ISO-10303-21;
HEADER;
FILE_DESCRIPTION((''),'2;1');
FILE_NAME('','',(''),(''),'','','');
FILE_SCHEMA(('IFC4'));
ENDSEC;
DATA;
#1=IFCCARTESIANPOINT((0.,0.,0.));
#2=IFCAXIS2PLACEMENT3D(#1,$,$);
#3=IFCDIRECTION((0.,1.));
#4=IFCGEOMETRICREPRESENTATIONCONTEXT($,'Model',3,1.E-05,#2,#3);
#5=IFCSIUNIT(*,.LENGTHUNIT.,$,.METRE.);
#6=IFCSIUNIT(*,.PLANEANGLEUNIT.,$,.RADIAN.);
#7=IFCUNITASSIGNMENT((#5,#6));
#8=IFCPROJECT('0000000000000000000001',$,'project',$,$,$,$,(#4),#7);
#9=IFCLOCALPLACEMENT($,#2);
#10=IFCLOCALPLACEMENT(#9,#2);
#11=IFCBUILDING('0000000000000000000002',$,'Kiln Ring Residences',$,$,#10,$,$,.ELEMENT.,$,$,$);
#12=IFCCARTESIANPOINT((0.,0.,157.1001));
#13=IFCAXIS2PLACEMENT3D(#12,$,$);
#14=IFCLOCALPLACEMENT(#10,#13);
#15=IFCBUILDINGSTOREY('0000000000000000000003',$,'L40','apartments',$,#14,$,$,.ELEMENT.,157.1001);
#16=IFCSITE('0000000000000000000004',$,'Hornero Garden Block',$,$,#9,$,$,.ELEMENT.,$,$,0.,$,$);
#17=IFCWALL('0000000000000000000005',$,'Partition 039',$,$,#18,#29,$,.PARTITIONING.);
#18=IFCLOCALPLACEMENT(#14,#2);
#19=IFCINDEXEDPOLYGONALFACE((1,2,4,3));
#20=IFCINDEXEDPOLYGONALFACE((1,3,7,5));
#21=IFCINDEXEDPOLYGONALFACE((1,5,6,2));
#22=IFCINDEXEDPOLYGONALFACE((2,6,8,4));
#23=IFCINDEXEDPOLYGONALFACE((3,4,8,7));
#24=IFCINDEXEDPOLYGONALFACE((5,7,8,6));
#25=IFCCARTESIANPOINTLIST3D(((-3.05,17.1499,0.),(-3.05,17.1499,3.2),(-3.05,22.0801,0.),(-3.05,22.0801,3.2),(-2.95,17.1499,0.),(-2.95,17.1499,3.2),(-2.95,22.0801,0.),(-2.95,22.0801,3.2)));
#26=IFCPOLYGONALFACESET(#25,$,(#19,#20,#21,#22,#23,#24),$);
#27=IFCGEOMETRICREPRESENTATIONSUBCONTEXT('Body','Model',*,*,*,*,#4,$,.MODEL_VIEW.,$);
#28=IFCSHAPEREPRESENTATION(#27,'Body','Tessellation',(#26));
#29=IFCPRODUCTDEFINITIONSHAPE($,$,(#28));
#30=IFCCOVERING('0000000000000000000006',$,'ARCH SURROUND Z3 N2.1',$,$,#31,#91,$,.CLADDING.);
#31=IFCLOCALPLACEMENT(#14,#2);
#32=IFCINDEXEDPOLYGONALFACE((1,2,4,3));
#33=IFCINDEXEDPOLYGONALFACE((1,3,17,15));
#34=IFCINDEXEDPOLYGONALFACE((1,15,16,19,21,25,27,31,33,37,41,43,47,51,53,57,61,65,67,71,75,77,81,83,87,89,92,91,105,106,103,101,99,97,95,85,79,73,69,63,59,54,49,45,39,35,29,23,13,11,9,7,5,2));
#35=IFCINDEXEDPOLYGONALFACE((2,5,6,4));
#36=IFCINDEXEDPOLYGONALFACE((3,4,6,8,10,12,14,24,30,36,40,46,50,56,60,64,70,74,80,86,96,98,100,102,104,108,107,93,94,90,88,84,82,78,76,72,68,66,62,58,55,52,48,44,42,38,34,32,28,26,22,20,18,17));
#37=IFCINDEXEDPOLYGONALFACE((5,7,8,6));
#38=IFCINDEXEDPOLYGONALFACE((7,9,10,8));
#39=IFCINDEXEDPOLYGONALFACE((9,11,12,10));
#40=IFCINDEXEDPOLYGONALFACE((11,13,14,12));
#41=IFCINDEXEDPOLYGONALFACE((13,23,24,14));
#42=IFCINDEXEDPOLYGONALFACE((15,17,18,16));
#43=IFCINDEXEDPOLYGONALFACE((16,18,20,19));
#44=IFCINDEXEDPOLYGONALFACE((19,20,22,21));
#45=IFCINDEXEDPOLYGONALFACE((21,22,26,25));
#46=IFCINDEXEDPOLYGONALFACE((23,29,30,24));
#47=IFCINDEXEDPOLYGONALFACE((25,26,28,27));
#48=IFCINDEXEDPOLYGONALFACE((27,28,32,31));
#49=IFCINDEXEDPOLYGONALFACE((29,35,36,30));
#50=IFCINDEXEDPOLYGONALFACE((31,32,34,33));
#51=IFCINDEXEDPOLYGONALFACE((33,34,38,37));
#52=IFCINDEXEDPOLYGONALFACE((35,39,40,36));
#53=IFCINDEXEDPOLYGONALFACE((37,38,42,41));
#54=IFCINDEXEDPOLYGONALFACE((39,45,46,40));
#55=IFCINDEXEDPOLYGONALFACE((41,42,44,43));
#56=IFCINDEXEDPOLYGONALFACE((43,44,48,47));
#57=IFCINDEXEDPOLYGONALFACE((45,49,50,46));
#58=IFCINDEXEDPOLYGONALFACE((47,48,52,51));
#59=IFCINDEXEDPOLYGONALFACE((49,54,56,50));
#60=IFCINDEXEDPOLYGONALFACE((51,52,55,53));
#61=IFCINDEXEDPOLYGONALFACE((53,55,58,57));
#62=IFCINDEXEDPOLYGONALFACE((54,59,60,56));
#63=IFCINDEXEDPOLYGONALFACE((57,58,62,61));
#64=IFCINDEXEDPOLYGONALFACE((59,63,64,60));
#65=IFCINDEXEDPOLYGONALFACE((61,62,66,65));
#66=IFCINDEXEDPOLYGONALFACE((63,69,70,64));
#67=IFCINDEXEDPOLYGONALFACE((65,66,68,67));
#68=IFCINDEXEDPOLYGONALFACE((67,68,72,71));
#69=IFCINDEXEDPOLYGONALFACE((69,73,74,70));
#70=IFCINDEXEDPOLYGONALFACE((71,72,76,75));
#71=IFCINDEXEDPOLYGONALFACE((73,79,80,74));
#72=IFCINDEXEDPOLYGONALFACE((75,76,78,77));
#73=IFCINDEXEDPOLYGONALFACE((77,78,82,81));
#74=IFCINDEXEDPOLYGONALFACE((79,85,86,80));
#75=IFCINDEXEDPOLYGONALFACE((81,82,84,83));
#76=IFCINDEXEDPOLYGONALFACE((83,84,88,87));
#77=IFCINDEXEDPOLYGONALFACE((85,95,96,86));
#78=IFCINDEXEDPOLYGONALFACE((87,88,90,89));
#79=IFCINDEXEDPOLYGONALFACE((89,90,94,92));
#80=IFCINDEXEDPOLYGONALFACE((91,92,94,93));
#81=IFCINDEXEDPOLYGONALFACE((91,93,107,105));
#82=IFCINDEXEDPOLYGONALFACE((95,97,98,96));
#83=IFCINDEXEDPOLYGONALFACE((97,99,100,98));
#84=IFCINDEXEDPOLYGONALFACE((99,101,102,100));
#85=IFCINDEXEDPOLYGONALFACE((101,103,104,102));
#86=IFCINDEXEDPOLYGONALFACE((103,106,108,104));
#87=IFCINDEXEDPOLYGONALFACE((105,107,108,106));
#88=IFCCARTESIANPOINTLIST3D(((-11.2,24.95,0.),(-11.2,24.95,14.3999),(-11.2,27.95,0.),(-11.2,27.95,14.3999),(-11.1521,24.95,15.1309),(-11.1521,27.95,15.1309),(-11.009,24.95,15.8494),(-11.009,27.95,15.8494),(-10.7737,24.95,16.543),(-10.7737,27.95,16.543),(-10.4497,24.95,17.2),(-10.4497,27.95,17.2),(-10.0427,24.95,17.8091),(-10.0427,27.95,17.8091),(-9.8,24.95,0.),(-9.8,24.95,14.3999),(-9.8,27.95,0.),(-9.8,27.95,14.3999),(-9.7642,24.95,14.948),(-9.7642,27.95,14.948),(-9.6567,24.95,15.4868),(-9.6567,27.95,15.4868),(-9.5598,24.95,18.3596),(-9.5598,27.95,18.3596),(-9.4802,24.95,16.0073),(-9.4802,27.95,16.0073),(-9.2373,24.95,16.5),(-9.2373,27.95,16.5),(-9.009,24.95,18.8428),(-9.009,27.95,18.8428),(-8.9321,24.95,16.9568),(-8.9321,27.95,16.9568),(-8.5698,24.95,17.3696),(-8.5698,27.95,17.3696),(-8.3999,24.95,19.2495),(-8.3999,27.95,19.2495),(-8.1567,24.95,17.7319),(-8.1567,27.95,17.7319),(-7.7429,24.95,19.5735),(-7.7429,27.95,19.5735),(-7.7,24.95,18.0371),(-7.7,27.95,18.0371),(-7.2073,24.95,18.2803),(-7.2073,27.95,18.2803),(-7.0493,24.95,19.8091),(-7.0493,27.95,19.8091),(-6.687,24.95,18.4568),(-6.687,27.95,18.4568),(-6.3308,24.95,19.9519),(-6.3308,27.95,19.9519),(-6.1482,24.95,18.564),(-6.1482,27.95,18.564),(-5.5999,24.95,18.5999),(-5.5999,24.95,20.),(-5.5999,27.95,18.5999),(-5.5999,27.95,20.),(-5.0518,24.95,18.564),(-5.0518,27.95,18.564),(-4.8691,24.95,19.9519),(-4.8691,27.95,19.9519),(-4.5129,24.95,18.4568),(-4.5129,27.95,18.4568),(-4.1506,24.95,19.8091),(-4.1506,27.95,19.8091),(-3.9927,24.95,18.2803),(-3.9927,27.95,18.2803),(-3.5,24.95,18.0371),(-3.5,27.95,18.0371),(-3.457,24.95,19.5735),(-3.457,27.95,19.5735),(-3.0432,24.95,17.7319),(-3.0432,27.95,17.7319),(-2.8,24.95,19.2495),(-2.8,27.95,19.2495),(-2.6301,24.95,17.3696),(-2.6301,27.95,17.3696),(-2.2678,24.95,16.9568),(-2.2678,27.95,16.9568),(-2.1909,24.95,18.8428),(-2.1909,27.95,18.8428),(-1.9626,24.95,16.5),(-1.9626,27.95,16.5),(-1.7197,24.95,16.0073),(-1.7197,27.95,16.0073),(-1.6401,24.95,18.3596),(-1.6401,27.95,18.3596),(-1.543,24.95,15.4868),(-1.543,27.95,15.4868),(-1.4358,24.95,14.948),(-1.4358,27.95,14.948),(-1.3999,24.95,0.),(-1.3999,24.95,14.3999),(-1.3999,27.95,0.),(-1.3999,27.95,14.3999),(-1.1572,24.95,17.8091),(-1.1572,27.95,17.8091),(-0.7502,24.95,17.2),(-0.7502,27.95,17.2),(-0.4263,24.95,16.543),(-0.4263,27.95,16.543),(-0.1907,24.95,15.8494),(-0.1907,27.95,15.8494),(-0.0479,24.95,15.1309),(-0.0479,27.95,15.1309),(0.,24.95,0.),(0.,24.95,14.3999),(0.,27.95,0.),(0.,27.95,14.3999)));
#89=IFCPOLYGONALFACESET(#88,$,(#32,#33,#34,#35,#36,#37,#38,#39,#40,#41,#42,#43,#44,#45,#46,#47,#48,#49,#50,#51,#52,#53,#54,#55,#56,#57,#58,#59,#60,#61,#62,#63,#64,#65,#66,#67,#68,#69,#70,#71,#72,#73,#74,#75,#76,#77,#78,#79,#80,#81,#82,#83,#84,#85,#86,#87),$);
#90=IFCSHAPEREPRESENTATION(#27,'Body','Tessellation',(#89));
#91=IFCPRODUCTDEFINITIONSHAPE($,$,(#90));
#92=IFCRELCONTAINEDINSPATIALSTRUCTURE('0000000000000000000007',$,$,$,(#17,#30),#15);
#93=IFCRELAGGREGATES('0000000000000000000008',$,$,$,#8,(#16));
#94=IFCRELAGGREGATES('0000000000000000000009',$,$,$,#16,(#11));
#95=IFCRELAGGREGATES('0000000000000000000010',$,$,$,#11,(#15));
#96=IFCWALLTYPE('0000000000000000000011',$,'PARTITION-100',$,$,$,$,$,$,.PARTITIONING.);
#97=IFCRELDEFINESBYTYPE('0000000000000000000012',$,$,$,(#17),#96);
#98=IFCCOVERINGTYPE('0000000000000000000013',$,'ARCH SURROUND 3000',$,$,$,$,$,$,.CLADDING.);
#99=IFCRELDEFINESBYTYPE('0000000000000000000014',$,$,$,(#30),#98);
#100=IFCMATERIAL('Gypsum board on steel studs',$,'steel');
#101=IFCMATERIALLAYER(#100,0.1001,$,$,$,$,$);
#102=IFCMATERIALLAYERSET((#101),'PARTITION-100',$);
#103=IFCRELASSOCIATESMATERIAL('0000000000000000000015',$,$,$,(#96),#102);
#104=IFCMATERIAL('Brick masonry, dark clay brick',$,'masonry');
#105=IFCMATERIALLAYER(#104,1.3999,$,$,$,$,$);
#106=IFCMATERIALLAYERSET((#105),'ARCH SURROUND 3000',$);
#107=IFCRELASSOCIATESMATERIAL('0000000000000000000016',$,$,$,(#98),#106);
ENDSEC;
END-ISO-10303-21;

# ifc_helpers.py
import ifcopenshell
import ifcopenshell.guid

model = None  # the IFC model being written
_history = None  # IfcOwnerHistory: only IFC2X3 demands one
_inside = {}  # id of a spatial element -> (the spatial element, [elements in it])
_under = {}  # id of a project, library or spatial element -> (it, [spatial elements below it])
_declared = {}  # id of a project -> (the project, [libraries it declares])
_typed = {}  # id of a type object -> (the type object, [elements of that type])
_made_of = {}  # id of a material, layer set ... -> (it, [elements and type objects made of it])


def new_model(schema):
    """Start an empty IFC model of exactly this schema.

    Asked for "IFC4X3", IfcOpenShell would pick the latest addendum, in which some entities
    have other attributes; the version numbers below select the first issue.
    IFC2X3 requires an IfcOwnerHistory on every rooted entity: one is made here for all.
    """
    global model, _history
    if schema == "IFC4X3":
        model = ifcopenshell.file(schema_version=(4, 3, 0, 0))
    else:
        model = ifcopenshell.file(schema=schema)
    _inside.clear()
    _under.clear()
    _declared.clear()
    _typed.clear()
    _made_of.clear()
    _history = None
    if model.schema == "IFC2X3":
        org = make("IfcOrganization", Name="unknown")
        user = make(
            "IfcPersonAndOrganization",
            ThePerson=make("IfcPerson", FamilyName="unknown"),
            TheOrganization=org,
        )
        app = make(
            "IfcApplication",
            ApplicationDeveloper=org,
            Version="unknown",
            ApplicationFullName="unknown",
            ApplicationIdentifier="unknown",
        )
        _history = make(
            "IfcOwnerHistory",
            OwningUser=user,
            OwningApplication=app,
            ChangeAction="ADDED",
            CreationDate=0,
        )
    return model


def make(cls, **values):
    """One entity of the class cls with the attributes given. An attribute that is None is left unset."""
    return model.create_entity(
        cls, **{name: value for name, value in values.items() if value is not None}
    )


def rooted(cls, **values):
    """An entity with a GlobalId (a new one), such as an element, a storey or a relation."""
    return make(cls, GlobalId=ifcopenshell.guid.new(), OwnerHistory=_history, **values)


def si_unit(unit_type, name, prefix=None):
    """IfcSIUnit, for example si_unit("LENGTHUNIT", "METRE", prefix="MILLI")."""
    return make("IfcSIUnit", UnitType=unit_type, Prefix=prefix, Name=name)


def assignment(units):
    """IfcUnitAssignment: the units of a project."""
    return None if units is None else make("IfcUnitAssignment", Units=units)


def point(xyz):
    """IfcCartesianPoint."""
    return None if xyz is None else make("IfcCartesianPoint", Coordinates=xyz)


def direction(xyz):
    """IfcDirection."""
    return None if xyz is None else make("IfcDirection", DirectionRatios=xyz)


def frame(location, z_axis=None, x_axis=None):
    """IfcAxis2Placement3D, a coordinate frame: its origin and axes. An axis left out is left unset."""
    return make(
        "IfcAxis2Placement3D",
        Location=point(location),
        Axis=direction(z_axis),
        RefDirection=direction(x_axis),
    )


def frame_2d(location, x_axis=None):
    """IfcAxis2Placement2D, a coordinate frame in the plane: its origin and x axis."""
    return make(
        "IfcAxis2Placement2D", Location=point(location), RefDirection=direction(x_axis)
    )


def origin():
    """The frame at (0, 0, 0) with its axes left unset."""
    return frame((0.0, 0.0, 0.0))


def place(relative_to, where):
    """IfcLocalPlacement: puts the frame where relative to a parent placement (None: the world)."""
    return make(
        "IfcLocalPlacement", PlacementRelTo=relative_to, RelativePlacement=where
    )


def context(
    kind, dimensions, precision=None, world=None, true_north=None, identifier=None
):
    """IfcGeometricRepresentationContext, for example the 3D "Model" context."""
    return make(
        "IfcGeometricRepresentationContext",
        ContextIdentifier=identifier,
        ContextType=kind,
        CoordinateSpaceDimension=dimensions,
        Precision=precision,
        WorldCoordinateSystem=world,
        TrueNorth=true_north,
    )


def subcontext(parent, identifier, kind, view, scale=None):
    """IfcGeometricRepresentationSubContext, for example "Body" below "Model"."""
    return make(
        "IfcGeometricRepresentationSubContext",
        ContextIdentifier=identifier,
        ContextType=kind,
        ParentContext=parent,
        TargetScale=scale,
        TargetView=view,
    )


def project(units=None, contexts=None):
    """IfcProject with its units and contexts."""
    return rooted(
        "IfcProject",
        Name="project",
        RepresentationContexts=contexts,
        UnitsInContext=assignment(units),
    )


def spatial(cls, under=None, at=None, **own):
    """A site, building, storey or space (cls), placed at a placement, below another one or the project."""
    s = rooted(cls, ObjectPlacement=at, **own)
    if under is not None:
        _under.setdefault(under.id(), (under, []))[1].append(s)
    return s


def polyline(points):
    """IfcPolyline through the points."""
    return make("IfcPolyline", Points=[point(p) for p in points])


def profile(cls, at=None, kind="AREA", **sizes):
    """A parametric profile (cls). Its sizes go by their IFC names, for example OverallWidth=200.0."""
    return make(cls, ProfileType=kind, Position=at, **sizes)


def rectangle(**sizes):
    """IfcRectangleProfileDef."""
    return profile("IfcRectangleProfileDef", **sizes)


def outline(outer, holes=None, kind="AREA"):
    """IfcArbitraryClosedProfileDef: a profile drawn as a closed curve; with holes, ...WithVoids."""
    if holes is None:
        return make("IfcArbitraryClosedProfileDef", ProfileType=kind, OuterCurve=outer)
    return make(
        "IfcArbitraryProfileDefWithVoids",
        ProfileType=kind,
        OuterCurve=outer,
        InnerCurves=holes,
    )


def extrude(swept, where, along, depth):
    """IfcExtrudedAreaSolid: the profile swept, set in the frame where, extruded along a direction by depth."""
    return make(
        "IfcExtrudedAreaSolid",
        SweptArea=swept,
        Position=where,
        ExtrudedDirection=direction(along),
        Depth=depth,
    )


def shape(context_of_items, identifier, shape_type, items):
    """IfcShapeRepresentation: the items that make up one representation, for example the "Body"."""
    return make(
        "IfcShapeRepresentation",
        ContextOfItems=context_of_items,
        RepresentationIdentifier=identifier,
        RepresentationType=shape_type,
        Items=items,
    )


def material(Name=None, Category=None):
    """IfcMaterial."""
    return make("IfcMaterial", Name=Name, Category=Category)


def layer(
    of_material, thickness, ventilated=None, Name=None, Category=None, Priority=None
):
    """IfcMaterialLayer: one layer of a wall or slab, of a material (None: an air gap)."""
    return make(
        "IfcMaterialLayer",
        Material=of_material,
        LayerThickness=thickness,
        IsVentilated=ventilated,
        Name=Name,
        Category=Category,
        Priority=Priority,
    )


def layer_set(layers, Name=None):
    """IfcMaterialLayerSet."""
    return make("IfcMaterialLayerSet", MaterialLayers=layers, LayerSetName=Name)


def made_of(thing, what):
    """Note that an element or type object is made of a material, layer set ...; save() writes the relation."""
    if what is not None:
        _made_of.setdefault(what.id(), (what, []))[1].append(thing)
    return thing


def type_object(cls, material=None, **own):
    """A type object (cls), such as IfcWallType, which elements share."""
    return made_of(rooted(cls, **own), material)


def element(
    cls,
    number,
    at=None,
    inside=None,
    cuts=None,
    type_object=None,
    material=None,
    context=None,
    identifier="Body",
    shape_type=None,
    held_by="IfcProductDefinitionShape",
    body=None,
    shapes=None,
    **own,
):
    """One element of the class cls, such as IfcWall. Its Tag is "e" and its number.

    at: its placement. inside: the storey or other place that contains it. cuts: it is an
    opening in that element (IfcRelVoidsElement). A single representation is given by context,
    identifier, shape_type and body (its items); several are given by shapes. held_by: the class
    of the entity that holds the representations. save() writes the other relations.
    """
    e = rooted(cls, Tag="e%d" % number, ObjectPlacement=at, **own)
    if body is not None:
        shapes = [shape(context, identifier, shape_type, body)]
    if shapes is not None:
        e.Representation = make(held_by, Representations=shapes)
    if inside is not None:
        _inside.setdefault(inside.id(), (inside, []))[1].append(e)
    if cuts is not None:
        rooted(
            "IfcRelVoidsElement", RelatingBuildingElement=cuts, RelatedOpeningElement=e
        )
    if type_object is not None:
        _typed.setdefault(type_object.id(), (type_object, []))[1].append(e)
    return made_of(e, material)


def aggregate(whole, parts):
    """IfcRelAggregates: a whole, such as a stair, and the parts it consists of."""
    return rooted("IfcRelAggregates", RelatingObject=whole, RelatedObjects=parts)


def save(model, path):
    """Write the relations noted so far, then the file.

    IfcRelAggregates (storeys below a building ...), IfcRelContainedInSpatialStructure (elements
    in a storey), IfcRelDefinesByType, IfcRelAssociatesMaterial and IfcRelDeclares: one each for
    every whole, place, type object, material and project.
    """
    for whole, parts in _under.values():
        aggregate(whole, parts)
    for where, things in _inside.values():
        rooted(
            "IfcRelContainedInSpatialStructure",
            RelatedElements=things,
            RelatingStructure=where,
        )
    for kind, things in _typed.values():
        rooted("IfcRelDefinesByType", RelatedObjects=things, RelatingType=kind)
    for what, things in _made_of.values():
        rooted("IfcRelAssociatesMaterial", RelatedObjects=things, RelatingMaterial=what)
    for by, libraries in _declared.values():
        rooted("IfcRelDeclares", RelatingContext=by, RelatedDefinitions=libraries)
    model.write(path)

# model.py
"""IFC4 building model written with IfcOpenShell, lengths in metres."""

from ifc_helpers import new_model, si_unit, direction, frame, frame_2d, origin, place, context, subcontext, project, spatial, polyline, rectangle, outline, extrude, material, layer, layer_set, type_object, element, save


model = new_model("IFC4")

# Units and contexts
model_context = context("Model", 3, precision=1e-05, world=origin(), true_north=direction((0.0, 1.0)))
body_context = subcontext(model_context, "Body", "Model", "MODEL_VIEW")
ifc_project = project(units=[si_unit("LENGTHUNIT", "METRE"), si_unit("PLANEANGLEUNIT", "RADIAN")], contexts=[model_context])

# Site, building, storey
site_placement = place(None, origin())
site = spatial("IfcSite", under=ifc_project, at=site_placement, Name="Hornero Garden Block", CompositionType="ELEMENT", RefElevation=0.0)
building_placement = place(site_placement, origin())
building = spatial("IfcBuilding", under=site, at=building_placement, Name="Kiln Ring Residences", CompositionType="ELEMENT")
storey_placement = place(building_placement, frame((0.0, 0.0, 157.1001)))
storey = spatial("IfcBuildingStorey", under=building, at=storey_placement, Name="L40", Description="apartments", CompositionType="ELEMENT", Elevation=157.1001)

# Wall
ifc_material_1 = material(Name="Gypsum board on steel studs", Category="steel")
ifc_layer_1 = layer(ifc_material_1, 0.1001)
ifc_layer_set_1 = layer_set([ifc_layer_1], Name="PARTITION-100")
wall_type_1 = type_object("IfcWallType", Name="PARTITION-100", PredefinedType="PARTITIONING", material=ifc_layer_set_1)
wall_1_placement = place(storey_placement, frame((-3.0, 17.1499, 0.0), z_axis=(0.0, 0.0, 1.0), x_axis=(0.0, 1.0, 0.0)))
element("IfcWall", 1, at=wall_1_placement, inside=storey, type_object=wall_type_1, Name="Partition 039", PredefinedType="PARTITIONING", context=body_context, shape_type="SweptSolid", body=[
    extrude(rectangle(XDim=4.9302, YDim=0.1001, at=frame_2d((2.4651, 0.0))), origin(), (0.0, 0.0, 1.0), 3.2),
])

# Covering
ifc_material_2 = material(Name="Brick masonry, dark clay brick", Category="masonry")
ifc_layer_2 = layer(ifc_material_2, 1.3999)
ifc_layer_set_2 = layer_set([ifc_layer_2], Name="ARCH SURROUND 3000")
covering_type = type_object("IfcCoveringType", Name="ARCH SURROUND 3000", PredefinedType="CLADDING", material=ifc_layer_set_2)
covering_placement = place(storey_placement, frame((-11.2, 26.45, 0.0), z_axis=(0.0, 0.0, 1.0), x_axis=(1.0, 0.0, 0.0)))
element("IfcCovering", 2, at=covering_placement, inside=storey, type_object=covering_type, Name="ARCH SURROUND Z3 N2.1", PredefinedType="CLADDING", context=body_context, shape_type="SweptSolid", body=[
    extrude(outline(polyline([(0.0, 0.0), (0.0, 14.3999), (0.0479, 15.1309), (0.1909, 15.8494), (0.4263, 16.543), (0.7502, 17.2), (1.1572, 17.8091), (1.6401, 18.3596), (2.1909, 18.8428), (2.8, 19.2495), (3.457, 19.5735), (4.1506, 19.8091), (4.8691, 19.9519), (5.6001, 20.0), (6.3308, 19.9519), (7.0493, 19.8091), (7.7429, 19.5735), (8.3999, 19.2495), (9.009, 18.8428), (9.5598, 18.3596), (10.0427, 17.8091), (10.4497, 17.2), (10.7737, 16.543), (11.0093, 15.8494), (11.1521, 15.1309), (11.2, 14.3999), (11.2, 0.0), (9.8, 0.0), (9.8, 14.3999), (9.7642, 14.948), (9.657, 15.4868), (9.4802, 16.0073), (9.2373, 16.5), (8.9321, 16.9568), (8.5698, 17.3696), (8.1567, 17.7319), (7.7, 18.0371), (7.2073, 18.2803), (6.687, 18.4568), (6.1482, 18.564), (5.6001, 18.5999), (5.0518, 18.564), (4.5129, 18.4568), (3.9927, 18.2803), (3.5, 18.0371), (3.0432, 17.7319), (2.6301, 17.3696), (2.2678, 16.9568), (1.9626, 16.5), (1.7197, 16.0073), (1.5432, 15.4868), (1.4358, 14.948), (1.3999, 14.3999), (1.3999, 0.0), (0.0, 0.0)])), frame((0.0, 1.5, 0.0), z_axis=(0.0, -1.0, 0.0), x_axis=(1.0, 0.0, 0.0)), (0.0, 0.0, 1.0), 3.0),
])

save(model, "model.ifc")
